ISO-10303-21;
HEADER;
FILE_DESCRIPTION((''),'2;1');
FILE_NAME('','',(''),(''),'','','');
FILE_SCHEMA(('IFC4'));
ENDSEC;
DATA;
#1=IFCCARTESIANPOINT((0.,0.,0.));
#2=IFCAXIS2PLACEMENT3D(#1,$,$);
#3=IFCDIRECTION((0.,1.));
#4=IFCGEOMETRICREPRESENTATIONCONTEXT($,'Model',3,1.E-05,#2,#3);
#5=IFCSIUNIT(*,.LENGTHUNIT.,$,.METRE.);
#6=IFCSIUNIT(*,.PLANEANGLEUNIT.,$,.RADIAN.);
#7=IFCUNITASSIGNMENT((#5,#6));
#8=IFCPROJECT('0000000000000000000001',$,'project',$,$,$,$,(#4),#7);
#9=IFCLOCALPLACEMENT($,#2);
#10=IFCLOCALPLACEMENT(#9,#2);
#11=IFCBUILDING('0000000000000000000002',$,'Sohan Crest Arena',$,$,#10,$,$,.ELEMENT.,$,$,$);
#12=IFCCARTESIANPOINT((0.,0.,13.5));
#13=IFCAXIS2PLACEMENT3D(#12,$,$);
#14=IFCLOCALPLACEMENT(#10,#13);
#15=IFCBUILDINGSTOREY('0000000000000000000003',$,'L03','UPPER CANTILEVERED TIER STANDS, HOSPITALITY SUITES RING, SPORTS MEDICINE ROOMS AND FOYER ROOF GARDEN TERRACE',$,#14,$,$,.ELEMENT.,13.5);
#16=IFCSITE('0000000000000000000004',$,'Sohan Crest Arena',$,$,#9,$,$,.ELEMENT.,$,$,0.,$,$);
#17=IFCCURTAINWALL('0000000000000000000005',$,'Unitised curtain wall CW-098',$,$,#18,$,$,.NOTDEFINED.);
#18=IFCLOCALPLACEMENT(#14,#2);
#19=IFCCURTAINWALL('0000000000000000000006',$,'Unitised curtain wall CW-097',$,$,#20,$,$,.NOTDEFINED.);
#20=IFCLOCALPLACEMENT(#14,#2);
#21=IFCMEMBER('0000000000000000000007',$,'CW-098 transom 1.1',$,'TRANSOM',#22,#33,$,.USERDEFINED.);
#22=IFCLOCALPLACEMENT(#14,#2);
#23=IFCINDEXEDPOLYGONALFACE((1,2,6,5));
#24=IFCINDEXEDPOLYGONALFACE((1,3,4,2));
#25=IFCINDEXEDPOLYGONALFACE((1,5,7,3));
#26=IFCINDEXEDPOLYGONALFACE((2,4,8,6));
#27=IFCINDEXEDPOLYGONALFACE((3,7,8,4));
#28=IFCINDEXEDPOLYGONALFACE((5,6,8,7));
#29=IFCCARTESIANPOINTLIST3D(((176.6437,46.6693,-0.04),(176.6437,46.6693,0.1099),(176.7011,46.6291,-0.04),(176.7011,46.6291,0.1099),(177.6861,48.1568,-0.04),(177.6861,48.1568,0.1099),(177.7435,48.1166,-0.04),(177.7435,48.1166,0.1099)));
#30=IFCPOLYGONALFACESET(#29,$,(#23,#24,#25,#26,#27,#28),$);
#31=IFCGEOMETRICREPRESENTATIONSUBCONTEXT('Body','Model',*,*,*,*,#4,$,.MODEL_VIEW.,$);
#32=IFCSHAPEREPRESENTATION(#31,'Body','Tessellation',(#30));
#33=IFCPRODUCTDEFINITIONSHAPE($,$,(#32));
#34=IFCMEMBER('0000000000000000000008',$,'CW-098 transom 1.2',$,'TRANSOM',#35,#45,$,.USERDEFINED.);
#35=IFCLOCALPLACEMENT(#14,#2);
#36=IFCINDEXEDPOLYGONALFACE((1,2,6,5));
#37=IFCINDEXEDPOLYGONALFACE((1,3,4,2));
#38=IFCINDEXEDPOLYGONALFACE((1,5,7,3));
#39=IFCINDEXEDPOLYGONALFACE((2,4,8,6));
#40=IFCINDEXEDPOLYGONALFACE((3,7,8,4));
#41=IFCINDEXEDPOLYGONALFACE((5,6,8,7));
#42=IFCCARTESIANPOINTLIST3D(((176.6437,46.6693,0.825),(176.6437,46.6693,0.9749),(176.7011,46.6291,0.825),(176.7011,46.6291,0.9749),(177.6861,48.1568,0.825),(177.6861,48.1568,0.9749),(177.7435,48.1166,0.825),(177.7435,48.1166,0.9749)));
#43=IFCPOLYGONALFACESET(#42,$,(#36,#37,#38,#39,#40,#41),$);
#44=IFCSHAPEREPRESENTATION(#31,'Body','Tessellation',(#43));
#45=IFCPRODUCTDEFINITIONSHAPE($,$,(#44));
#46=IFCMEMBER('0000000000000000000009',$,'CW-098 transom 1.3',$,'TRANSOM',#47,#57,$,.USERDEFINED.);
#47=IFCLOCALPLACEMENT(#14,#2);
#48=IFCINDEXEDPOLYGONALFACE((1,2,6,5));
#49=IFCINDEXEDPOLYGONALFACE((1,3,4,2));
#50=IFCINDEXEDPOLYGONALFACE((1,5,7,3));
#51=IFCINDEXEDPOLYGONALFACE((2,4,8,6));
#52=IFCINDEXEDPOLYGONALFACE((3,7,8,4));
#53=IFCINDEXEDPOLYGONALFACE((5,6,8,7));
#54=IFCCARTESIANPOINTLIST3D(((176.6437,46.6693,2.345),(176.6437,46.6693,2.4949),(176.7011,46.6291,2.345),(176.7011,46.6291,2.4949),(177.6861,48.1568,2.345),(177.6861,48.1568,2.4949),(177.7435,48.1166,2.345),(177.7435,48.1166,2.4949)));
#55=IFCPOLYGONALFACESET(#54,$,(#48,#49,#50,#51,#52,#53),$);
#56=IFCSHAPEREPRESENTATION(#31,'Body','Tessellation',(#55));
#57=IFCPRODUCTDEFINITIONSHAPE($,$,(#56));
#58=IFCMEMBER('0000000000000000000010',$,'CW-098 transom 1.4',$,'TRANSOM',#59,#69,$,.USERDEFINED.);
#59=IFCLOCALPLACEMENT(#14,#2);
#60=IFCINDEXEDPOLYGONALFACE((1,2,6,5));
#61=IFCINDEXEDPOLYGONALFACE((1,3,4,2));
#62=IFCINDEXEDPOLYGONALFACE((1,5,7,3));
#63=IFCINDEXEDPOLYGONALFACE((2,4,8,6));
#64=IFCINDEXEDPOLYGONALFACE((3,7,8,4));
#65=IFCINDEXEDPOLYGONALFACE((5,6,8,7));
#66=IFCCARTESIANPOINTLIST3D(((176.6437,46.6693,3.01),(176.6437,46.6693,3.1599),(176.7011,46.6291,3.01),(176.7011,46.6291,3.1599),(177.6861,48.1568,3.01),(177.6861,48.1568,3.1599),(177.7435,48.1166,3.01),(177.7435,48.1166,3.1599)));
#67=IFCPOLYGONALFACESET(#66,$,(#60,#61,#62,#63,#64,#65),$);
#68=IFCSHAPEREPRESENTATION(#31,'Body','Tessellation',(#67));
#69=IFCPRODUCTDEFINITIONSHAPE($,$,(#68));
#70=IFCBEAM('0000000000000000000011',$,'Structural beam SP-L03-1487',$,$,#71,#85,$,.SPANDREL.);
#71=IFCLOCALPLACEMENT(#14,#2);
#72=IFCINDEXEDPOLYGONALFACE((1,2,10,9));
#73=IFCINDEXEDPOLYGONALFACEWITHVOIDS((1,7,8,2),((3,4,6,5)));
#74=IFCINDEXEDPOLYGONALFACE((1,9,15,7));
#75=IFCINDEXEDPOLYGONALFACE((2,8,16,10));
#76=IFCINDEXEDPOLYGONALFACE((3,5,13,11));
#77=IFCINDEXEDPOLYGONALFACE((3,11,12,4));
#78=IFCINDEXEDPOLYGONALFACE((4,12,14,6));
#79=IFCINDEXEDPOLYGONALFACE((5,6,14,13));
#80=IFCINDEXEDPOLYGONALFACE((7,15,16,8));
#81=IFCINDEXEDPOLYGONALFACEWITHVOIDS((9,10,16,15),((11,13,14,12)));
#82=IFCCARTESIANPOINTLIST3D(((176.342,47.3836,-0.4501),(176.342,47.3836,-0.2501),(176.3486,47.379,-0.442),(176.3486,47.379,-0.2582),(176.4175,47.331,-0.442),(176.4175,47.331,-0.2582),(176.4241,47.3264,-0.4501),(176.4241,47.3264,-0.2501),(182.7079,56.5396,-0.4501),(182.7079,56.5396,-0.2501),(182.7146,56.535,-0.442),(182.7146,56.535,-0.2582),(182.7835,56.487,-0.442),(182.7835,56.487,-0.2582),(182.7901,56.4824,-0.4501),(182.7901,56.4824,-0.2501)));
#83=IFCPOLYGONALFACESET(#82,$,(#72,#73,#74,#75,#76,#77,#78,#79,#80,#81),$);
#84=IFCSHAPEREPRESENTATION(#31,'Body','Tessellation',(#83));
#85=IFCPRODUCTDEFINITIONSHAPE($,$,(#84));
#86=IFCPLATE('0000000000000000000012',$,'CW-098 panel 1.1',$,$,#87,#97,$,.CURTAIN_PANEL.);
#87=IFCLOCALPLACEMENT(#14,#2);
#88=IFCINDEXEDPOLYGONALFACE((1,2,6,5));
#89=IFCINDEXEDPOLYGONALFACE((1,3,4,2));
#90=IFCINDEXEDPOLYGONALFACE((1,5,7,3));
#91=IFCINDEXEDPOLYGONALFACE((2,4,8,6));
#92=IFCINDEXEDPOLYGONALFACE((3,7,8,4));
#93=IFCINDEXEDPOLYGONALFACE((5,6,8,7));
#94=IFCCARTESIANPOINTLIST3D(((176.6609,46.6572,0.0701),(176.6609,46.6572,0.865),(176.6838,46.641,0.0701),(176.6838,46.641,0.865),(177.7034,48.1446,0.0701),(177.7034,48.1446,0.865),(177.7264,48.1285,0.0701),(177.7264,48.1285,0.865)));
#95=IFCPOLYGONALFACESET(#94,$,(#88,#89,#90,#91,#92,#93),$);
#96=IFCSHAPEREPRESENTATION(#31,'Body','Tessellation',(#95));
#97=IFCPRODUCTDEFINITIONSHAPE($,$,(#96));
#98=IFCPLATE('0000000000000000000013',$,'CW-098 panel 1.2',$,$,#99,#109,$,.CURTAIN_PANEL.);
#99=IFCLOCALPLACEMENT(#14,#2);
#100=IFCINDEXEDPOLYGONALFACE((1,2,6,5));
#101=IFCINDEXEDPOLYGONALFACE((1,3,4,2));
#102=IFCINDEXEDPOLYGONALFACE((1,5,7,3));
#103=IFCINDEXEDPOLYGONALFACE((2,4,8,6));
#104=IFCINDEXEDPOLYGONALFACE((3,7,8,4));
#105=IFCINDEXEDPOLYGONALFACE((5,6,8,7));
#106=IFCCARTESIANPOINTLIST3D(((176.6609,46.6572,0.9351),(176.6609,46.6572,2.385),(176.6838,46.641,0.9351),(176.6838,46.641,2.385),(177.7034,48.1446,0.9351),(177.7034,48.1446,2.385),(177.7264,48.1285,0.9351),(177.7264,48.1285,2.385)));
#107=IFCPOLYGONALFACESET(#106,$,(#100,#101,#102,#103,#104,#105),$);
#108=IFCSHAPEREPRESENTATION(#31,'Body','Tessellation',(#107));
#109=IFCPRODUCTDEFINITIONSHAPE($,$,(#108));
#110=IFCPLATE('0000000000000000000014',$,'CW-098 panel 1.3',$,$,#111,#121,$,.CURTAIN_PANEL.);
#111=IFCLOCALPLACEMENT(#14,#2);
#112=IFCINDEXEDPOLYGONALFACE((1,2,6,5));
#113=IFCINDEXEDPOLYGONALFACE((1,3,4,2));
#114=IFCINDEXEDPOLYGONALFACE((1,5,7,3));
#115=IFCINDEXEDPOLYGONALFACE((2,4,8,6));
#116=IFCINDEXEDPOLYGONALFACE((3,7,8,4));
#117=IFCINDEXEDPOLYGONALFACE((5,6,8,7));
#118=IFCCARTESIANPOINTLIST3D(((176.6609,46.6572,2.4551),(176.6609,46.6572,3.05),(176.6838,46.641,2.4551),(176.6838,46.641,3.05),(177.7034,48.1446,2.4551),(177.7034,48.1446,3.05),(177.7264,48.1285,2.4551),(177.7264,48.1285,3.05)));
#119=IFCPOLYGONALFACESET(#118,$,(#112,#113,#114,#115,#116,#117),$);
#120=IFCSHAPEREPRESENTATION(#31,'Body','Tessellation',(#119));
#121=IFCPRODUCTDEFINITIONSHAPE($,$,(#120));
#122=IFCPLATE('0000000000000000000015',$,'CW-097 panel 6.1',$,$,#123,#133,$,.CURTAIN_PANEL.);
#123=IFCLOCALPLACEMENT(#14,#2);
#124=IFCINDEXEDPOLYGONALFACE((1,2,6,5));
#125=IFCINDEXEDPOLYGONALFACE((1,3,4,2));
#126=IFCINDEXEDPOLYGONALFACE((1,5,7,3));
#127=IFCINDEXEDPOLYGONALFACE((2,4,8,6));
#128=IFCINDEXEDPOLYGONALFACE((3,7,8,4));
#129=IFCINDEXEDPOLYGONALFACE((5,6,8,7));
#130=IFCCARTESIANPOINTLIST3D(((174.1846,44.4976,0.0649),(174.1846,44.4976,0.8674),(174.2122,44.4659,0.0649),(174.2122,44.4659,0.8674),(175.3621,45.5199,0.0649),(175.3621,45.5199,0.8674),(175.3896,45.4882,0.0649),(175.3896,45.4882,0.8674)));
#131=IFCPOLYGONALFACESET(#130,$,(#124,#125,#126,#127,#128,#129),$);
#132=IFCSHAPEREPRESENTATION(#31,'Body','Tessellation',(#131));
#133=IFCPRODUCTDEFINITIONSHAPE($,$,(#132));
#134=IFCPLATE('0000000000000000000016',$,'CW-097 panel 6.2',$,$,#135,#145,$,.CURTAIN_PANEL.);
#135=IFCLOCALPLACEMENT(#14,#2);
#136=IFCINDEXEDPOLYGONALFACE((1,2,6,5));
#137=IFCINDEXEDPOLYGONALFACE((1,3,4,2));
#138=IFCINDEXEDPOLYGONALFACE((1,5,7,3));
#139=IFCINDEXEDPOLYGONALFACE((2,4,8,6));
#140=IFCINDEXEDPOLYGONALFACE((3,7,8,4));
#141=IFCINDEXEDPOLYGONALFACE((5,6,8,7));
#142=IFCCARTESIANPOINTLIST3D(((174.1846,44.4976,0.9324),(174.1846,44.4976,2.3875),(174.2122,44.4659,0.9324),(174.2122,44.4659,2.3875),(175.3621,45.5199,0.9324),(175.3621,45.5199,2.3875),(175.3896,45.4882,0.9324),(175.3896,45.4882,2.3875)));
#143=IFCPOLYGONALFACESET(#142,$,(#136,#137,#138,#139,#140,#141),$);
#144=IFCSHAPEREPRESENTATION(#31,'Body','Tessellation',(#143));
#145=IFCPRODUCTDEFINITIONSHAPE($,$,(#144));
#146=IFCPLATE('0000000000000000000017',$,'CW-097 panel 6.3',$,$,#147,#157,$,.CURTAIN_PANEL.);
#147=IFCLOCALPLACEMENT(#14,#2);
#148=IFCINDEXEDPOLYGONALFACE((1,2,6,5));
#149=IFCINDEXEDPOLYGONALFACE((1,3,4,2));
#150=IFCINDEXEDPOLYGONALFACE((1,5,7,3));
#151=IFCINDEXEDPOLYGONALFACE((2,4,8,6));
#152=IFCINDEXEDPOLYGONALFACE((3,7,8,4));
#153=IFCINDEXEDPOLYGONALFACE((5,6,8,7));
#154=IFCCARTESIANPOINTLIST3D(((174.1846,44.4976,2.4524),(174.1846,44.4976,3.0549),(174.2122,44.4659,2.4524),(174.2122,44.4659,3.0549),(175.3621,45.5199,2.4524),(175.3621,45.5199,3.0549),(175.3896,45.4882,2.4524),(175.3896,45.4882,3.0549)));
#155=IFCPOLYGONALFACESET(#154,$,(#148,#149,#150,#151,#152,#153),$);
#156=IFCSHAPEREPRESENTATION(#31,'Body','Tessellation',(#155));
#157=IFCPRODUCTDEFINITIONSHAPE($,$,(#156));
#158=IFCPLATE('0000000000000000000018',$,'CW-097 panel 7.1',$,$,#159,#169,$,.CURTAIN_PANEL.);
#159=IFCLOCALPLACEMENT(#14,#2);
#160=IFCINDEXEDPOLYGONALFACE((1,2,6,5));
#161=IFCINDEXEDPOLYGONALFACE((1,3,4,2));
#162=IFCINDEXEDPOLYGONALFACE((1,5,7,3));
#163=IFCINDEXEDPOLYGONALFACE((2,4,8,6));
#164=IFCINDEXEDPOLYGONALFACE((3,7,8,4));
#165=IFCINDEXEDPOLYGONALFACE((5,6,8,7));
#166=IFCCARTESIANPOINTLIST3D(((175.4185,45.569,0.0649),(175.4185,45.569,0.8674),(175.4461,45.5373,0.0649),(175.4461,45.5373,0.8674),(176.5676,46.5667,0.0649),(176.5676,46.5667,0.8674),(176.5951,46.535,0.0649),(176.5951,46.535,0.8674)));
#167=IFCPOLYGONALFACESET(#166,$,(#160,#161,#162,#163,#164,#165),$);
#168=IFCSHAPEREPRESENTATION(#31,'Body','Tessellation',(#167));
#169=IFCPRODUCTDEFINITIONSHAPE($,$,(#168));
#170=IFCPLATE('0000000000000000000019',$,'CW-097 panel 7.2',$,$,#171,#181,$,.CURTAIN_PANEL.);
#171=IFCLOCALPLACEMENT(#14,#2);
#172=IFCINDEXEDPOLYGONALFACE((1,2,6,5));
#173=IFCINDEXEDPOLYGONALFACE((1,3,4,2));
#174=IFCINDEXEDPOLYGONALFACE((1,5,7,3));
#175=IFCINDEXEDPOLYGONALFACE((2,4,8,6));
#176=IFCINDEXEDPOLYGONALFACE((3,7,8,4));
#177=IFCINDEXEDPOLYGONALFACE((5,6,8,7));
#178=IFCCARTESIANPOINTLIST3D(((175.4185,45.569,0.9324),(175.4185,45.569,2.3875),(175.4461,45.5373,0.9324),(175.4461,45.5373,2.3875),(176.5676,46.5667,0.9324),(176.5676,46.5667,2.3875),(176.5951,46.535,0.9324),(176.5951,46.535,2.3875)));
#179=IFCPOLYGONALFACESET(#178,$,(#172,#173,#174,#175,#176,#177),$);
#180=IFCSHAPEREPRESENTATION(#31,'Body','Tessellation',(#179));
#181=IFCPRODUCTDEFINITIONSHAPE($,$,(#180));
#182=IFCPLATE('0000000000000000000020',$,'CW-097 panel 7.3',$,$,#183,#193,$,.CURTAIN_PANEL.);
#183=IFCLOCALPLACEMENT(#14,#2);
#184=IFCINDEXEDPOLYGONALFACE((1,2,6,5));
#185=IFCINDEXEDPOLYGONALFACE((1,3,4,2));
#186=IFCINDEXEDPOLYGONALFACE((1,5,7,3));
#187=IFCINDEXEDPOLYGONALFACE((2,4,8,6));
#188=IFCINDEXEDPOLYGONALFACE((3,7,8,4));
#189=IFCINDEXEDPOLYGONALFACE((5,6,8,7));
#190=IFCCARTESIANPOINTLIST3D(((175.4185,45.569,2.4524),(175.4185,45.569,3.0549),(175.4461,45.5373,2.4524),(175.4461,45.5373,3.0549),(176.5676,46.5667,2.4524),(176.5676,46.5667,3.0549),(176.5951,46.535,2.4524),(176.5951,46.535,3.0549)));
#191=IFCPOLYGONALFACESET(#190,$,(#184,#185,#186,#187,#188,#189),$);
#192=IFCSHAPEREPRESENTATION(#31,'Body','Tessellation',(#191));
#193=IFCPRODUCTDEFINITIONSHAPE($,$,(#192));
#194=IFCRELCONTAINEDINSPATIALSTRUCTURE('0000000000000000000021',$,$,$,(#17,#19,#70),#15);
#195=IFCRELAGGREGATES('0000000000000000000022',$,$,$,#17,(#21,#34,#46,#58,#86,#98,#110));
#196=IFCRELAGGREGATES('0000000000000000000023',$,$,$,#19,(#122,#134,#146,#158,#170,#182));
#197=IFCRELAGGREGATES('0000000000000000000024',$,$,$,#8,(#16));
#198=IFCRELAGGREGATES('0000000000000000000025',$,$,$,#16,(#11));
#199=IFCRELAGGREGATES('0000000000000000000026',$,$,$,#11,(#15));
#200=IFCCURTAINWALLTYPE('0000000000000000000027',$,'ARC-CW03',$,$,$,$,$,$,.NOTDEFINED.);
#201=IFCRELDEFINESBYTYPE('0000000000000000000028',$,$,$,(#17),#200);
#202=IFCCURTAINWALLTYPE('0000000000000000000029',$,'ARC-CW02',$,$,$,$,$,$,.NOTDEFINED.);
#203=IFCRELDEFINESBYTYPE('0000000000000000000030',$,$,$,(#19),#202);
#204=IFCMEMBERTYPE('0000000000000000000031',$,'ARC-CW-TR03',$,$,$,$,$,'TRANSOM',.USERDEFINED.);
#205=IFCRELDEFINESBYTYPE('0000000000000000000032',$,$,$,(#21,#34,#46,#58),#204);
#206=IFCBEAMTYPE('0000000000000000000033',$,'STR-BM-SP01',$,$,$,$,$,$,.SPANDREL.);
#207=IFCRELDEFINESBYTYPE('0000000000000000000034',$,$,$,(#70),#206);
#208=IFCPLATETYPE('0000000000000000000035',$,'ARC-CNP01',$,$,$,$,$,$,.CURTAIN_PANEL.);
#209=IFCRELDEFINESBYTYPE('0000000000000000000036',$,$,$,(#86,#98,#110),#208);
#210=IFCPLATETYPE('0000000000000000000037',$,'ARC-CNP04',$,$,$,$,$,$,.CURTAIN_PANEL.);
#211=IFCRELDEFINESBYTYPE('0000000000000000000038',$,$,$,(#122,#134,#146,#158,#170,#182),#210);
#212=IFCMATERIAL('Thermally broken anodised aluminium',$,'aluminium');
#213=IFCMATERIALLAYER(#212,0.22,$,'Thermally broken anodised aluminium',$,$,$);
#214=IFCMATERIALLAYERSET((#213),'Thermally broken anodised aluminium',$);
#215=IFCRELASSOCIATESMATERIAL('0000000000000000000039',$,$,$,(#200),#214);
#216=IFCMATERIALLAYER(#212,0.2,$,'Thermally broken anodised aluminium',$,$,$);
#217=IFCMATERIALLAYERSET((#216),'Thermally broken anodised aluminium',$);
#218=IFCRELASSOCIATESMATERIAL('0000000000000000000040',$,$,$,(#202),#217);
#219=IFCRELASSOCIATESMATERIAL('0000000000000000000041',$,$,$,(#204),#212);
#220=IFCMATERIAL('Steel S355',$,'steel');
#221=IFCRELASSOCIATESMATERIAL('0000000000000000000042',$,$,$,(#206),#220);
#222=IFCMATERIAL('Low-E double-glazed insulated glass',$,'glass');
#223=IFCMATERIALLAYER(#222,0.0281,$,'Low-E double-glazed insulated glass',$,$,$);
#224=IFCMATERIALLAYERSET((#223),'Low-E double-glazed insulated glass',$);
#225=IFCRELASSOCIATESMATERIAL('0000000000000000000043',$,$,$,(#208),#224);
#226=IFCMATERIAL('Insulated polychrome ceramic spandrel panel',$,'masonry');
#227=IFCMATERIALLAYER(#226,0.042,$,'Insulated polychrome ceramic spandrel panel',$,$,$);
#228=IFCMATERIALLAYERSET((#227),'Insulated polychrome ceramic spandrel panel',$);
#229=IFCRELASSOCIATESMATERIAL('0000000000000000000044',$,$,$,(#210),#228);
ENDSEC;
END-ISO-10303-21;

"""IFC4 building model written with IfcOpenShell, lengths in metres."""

from ifc_helpers import new_model, si_unit, direction, frame, origin, origin_2d, place, context, subcontext, project, spatial, rectangle, hollow_rectangle, extrude, material, layer, layer_set, material_profile, profile_set, type_object, element, aggregate, save


model = new_model("IFC4")

# Units and contexts
model_context = context("Model", 3, precision=1e-05, world=origin(), true_north=direction((0.0, 1.0)))
body_context = subcontext(model_context, "Body", "Model", "MODEL_VIEW")
ifc_project = project(units=[si_unit("LENGTHUNIT", "METRE"), si_unit("PLANEANGLEUNIT", "RADIAN")], contexts=[model_context])

# Site, building, storey
site_placement = place(None, origin())
site = spatial("IfcSite", under=ifc_project, at=site_placement, Name="Sohan Crest Arena", CompositionType="ELEMENT", RefElevation=0.0)
building_placement = place(site_placement, origin())
building = spatial("IfcBuilding", under=site, at=building_placement, Name="Sohan Crest Arena", CompositionType="ELEMENT")
storey_placement = place(building_placement, frame((0.0, 0.0, 13.5)))
storey = spatial("IfcBuildingStorey", under=building, at=storey_placement, Name="L03", Description="UPPER CANTILEVERED TIER STANDS, HOSPITALITY SUITES RING, SPORTS MEDICINE ROOMS AND FOYER ROOF GARDEN TERRACE", CompositionType="ELEMENT", Elevation=13.5)

# Shared definitions
ifc_material_1 = material(Name="Steel S355", Category="steel")

# Curtain wall
ifc_material_2 = material(Name="Thermally broken anodised aluminium", Category="aluminium")
ifc_layer_1 = layer(ifc_material_2, 0.22, Name="Thermally broken anodised aluminium")
ifc_layer_set_1 = layer_set([ifc_layer_1], Name="Thermally broken anodised aluminium")
curtain_wall_type_1 = type_object("IfcCurtainWallType", Name="ARC-CW03", PredefinedType="NOTDEFINED", material=ifc_layer_set_1)
curtain_wall_1_placement = place(storey_placement, origin())
curtain_wall_1 = element("IfcCurtainWall", 1, at=curtain_wall_1_placement, inside=storey, type_object=curtain_wall_type_1, Name="Unitised curtain wall CW-098", PredefinedType="NOTDEFINED")

# Curtain wall
ifc_layer_2 = layer(ifc_material_2, 0.2, Name="Thermally broken anodised aluminium")
ifc_layer_set_2 = layer_set([ifc_layer_2], Name="Thermally broken anodised aluminium")
curtain_wall_type_2 = type_object("IfcCurtainWallType", Name="ARC-CW02", PredefinedType="NOTDEFINED", material=ifc_layer_set_2)
curtain_wall_2_placement = place(storey_placement, origin())
curtain_wall_2 = element("IfcCurtainWall", 2, at=curtain_wall_2_placement, inside=storey, type_object=curtain_wall_type_2, Name="Unitised curtain wall CW-097", PredefinedType="NOTDEFINED")

# Members
ifc_material_profile_1 = material_profile(ifc_material_2, rectangle(XDim=0.0701, YDim=0.1499, at=origin_2d()), Name="ALU-TRAN 70x150")
ifc_profile_set_1 = profile_set([ifc_material_profile_1], Name="Thermally broken anodised aluminium")
member_type_1 = type_object("IfcMemberType", Name="ARC-CW-TR03", ElementType="TRANSOM", PredefinedType="USERDEFINED", material=ifc_profile_set_1)
member_1_placement = place(storey_placement, frame((176.6724, 46.6492, 0.0349), z_axis=(0.573904, 0.818922, 0.0), x_axis=(-0.818922, 0.573904, 0.0)))
member_1 = element("IfcMember", 3, at=member_1_placement, type_object=member_type_1, Name="CW-098 transom 1.1", ObjectType="TRANSOM", PredefinedType="USERDEFINED", context=body_context, shape_type="SweptSolid", body=[
    extrude(rectangle(XDim=0.0701, YDim=0.1499, at=origin_2d()), origin(), (0.0, 0.0, 1.0), 1.8164),
])
member_2_placement = place(storey_placement, frame((176.6724, 46.6492, 0.8999), z_axis=(0.573904, 0.818922, 0.0), x_axis=(-0.818922, 0.573904, 0.0)))
member_2 = element("IfcMember", 4, at=member_2_placement, type_object=member_type_1, Name="CW-098 transom 1.2", ObjectType="TRANSOM", PredefinedType="USERDEFINED", context=body_context, shape_type="SweptSolid", body=[
    extrude(rectangle(XDim=0.0701, YDim=0.1499, at=origin_2d()), origin(), (0.0, 0.0, 1.0), 1.8164),
])
member_3_placement = place(storey_placement, frame((176.6724, 46.6492, 2.4199), z_axis=(0.573904, 0.818922, 0.0), x_axis=(-0.818922, 0.573904, 0.0)))
member_3 = element("IfcMember", 5, at=member_3_placement, type_object=member_type_1, Name="CW-098 transom 1.3", ObjectType="TRANSOM", PredefinedType="USERDEFINED", context=body_context, shape_type="SweptSolid", body=[
    extrude(rectangle(XDim=0.0701, YDim=0.1499, at=origin_2d()), origin(), (0.0, 0.0, 1.0), 1.8164),
])
member_4_placement = place(storey_placement, frame((176.6724, 46.6492, 3.085), z_axis=(0.573904, 0.818922, 0.0), x_axis=(-0.818922, 0.573904, 0.0)))
member_4 = element("IfcMember", 6, at=member_4_placement, type_object=member_type_1, Name="CW-098 transom 1.4", ObjectType="TRANSOM", PredefinedType="USERDEFINED", context=body_context, shape_type="SweptSolid", body=[
    extrude(rectangle(XDim=0.0701, YDim=0.1499, at=origin_2d()), origin(), (0.0, 0.0, 1.0), 1.8164),
])

# Beam
ifc_material_profile_2 = material_profile(ifc_material_1, hollow_rectangle(XDim=0.1001, YDim=0.2, WallThickness=0.0081, at=origin_2d()), Name="RHS 200x100x8")
ifc_profile_set_2 = profile_set([ifc_material_profile_2], Name="Steel S355")
beam_type = type_object("IfcBeamType", Name="STR-BM-SP01", PredefinedType="SPANDREL", material=ifc_profile_set_2)
beam_placement = place(storey_placement, frame((176.3831, 47.355, -0.3501), z_axis=(0.570857, 0.821049, 0.0), x_axis=(-0.821049, 0.570857, 0.0)))
element("IfcBeam", 7, at=beam_placement, inside=storey, type_object=beam_type, Name="Structural beam SP-L03-1487", PredefinedType="SPANDREL", context=body_context, shape_type="SweptSolid", body=[
    extrude(hollow_rectangle(XDim=0.1001, YDim=0.2, WallThickness=0.0081, at=origin_2d()), origin(), (0.0, 0.0, 1.0), 11.1516),
])

# Plates
ifc_material_3 = material(Name="Low-E double-glazed insulated glass", Category="glass")
ifc_layer_3 = layer(ifc_material_3, 0.0281, Name="Low-E double-glazed insulated glass")
ifc_layer_set_3 = layer_set([ifc_layer_3], Name="Low-E double-glazed insulated glass")
plate_type_1 = type_object("IfcPlateType", Name="ARC-CNP01", PredefinedType="CURTAIN_PANEL", material=ifc_layer_set_3)
plate_1_placement = place(storey_placement, frame((177.1936, 47.3928, 0.0701), z_axis=(0.0, 0.0, 1.0), x_axis=(0.573938, 0.818899, 0.0)))
plate_1 = element("IfcPlate", 8, at=plate_1_placement, type_object=plate_type_1, Name="CW-098 panel 1.1", PredefinedType="CURTAIN_PANEL", context=body_context, shape_type="SweptSolid", body=[
    extrude(rectangle(XDim=1.8164, YDim=0.0281, at=origin_2d()), origin(), (0.0, 0.0, 1.0), 0.7949),
])
plate_2_placement = place(storey_placement, frame((177.1936, 47.3928, 0.9351), z_axis=(0.0, 0.0, 1.0), x_axis=(0.573938, 0.818899, 0.0)))
plate_2 = element("IfcPlate", 9, at=plate_2_placement, type_object=plate_type_1, Name="CW-098 panel 1.2", PredefinedType="CURTAIN_PANEL", context=body_context, shape_type="SweptSolid", body=[
    extrude(rectangle(XDim=1.8164, YDim=0.0281, at=origin_2d()), origin(), (0.0, 0.0, 1.0), 1.45),
])
plate_3_placement = place(storey_placement, frame((177.1936, 47.3928, 2.4551), z_axis=(0.0, 0.0, 1.0), x_axis=(0.573938, 0.818899, 0.0)))
plate_3 = element("IfcPlate", 10, at=plate_3_placement, type_object=plate_type_1, Name="CW-098 panel 1.3", PredefinedType="CURTAIN_PANEL", context=body_context, shape_type="SweptSolid", body=[
    extrude(rectangle(XDim=1.8164, YDim=0.0281, at=origin_2d()), origin(), (0.0, 0.0, 1.0), 0.595),
])
aggregate(curtain_wall_1, [member_1, member_2, member_3, member_4, plate_1, plate_2, plate_3])
ifc_material_4 = material(Name="Insulated polychrome ceramic spandrel panel", Category="masonry")
ifc_layer_4 = layer(ifc_material_4, 0.042, Name="Insulated polychrome ceramic spandrel panel")
ifc_layer_set_4 = layer_set([ifc_layer_4], Name="Insulated polychrome ceramic spandrel panel")
plate_type_2 = type_object("IfcPlateType", Name="ARC-CNP04", PredefinedType="CURTAIN_PANEL", material=ifc_layer_set_4)
plate_4_placement = place(storey_placement, frame((174.7871, 44.9929, 0.0649), z_axis=(0.0, 0.0, 1.0), x_axis=(0.755095, 0.655616, 0.0)))
plate_4 = element("IfcPlate", 11, at=plate_4_placement, type_object=plate_type_2, Name="CW-097 panel 6.1", PredefinedType="CURTAIN_PANEL", context=body_context, shape_type="SweptSolid", body=[
    extrude(rectangle(XDim=1.5593, YDim=0.042, at=origin_2d()), origin(), (0.0, 0.0, 1.0), 0.8025),
])
plate_5_placement = place(storey_placement, frame((174.7871, 44.9929, 0.9324), z_axis=(0.0, 0.0, 1.0), x_axis=(0.755095, 0.655616, 0.0)))
plate_5 = element("IfcPlate", 12, at=plate_5_placement, type_object=plate_type_2, Name="CW-097 panel 6.2", PredefinedType="CURTAIN_PANEL", context=body_context, shape_type="SweptSolid", body=[
    extrude(rectangle(XDim=1.5593, YDim=0.042, at=origin_2d()), origin(), (0.0, 0.0, 1.0), 1.4551),
])
plate_6_placement = place(storey_placement, frame((174.7871, 44.9929, 2.4524), z_axis=(0.0, 0.0, 1.0), x_axis=(0.755095, 0.655616, 0.0)))
plate_6 = element("IfcPlate", 13, at=plate_6_placement, type_object=plate_type_2, Name="CW-097 panel 6.3", PredefinedType="CURTAIN_PANEL", context=body_context, shape_type="SweptSolid", body=[
    extrude(rectangle(XDim=1.5593, YDim=0.042, at=origin_2d()), origin(), (0.0, 0.0, 1.0), 0.6025),
])
plate_7_placement = place(storey_placement, frame((176.0068, 46.052, 0.0649), z_axis=(0.0, 0.0, 1.0), x_axis=(0.755095, 0.655616, 0.0)))
plate_7 = element("IfcPlate", 14, at=plate_7_placement, type_object=plate_type_2, Name="CW-097 panel 7.1", PredefinedType="CURTAIN_PANEL", context=body_context, shape_type="SweptSolid", body=[
    extrude(rectangle(XDim=1.5217, YDim=0.042, at=origin_2d()), origin(), (0.0, 0.0, 1.0), 0.8025),
])
plate_8_placement = place(storey_placement, frame((176.0068, 46.052, 0.9324), z_axis=(0.0, 0.0, 1.0), x_axis=(0.755095, 0.655616, 0.0)))
plate_8 = element("IfcPlate", 15, at=plate_8_placement, type_object=plate_type_2, Name="CW-097 panel 7.2", PredefinedType="CURTAIN_PANEL", context=body_context, shape_type="SweptSolid", body=[
    extrude(rectangle(XDim=1.5217, YDim=0.042, at=origin_2d()), origin(), (0.0, 0.0, 1.0), 1.4551),
])
plate_9_placement = place(storey_placement, frame((176.0068, 46.052, 2.4524), z_axis=(0.0, 0.0, 1.0), x_axis=(0.755095, 0.655616, 0.0)))
plate_9 = element("IfcPlate", 16, at=plate_9_placement, type_object=plate_type_2, Name="CW-097 panel 7.3", PredefinedType="CURTAIN_PANEL", context=body_context, shape_type="SweptSolid", body=[
    extrude(rectangle(XDim=1.5217, YDim=0.042, at=origin_2d()), origin(), (0.0, 0.0, 1.0), 0.6025),
])
aggregate(curtain_wall_2, [plate_4, plate_5, plate_6, plate_7, plate_8, plate_9])

save(model, "model.ifc")
